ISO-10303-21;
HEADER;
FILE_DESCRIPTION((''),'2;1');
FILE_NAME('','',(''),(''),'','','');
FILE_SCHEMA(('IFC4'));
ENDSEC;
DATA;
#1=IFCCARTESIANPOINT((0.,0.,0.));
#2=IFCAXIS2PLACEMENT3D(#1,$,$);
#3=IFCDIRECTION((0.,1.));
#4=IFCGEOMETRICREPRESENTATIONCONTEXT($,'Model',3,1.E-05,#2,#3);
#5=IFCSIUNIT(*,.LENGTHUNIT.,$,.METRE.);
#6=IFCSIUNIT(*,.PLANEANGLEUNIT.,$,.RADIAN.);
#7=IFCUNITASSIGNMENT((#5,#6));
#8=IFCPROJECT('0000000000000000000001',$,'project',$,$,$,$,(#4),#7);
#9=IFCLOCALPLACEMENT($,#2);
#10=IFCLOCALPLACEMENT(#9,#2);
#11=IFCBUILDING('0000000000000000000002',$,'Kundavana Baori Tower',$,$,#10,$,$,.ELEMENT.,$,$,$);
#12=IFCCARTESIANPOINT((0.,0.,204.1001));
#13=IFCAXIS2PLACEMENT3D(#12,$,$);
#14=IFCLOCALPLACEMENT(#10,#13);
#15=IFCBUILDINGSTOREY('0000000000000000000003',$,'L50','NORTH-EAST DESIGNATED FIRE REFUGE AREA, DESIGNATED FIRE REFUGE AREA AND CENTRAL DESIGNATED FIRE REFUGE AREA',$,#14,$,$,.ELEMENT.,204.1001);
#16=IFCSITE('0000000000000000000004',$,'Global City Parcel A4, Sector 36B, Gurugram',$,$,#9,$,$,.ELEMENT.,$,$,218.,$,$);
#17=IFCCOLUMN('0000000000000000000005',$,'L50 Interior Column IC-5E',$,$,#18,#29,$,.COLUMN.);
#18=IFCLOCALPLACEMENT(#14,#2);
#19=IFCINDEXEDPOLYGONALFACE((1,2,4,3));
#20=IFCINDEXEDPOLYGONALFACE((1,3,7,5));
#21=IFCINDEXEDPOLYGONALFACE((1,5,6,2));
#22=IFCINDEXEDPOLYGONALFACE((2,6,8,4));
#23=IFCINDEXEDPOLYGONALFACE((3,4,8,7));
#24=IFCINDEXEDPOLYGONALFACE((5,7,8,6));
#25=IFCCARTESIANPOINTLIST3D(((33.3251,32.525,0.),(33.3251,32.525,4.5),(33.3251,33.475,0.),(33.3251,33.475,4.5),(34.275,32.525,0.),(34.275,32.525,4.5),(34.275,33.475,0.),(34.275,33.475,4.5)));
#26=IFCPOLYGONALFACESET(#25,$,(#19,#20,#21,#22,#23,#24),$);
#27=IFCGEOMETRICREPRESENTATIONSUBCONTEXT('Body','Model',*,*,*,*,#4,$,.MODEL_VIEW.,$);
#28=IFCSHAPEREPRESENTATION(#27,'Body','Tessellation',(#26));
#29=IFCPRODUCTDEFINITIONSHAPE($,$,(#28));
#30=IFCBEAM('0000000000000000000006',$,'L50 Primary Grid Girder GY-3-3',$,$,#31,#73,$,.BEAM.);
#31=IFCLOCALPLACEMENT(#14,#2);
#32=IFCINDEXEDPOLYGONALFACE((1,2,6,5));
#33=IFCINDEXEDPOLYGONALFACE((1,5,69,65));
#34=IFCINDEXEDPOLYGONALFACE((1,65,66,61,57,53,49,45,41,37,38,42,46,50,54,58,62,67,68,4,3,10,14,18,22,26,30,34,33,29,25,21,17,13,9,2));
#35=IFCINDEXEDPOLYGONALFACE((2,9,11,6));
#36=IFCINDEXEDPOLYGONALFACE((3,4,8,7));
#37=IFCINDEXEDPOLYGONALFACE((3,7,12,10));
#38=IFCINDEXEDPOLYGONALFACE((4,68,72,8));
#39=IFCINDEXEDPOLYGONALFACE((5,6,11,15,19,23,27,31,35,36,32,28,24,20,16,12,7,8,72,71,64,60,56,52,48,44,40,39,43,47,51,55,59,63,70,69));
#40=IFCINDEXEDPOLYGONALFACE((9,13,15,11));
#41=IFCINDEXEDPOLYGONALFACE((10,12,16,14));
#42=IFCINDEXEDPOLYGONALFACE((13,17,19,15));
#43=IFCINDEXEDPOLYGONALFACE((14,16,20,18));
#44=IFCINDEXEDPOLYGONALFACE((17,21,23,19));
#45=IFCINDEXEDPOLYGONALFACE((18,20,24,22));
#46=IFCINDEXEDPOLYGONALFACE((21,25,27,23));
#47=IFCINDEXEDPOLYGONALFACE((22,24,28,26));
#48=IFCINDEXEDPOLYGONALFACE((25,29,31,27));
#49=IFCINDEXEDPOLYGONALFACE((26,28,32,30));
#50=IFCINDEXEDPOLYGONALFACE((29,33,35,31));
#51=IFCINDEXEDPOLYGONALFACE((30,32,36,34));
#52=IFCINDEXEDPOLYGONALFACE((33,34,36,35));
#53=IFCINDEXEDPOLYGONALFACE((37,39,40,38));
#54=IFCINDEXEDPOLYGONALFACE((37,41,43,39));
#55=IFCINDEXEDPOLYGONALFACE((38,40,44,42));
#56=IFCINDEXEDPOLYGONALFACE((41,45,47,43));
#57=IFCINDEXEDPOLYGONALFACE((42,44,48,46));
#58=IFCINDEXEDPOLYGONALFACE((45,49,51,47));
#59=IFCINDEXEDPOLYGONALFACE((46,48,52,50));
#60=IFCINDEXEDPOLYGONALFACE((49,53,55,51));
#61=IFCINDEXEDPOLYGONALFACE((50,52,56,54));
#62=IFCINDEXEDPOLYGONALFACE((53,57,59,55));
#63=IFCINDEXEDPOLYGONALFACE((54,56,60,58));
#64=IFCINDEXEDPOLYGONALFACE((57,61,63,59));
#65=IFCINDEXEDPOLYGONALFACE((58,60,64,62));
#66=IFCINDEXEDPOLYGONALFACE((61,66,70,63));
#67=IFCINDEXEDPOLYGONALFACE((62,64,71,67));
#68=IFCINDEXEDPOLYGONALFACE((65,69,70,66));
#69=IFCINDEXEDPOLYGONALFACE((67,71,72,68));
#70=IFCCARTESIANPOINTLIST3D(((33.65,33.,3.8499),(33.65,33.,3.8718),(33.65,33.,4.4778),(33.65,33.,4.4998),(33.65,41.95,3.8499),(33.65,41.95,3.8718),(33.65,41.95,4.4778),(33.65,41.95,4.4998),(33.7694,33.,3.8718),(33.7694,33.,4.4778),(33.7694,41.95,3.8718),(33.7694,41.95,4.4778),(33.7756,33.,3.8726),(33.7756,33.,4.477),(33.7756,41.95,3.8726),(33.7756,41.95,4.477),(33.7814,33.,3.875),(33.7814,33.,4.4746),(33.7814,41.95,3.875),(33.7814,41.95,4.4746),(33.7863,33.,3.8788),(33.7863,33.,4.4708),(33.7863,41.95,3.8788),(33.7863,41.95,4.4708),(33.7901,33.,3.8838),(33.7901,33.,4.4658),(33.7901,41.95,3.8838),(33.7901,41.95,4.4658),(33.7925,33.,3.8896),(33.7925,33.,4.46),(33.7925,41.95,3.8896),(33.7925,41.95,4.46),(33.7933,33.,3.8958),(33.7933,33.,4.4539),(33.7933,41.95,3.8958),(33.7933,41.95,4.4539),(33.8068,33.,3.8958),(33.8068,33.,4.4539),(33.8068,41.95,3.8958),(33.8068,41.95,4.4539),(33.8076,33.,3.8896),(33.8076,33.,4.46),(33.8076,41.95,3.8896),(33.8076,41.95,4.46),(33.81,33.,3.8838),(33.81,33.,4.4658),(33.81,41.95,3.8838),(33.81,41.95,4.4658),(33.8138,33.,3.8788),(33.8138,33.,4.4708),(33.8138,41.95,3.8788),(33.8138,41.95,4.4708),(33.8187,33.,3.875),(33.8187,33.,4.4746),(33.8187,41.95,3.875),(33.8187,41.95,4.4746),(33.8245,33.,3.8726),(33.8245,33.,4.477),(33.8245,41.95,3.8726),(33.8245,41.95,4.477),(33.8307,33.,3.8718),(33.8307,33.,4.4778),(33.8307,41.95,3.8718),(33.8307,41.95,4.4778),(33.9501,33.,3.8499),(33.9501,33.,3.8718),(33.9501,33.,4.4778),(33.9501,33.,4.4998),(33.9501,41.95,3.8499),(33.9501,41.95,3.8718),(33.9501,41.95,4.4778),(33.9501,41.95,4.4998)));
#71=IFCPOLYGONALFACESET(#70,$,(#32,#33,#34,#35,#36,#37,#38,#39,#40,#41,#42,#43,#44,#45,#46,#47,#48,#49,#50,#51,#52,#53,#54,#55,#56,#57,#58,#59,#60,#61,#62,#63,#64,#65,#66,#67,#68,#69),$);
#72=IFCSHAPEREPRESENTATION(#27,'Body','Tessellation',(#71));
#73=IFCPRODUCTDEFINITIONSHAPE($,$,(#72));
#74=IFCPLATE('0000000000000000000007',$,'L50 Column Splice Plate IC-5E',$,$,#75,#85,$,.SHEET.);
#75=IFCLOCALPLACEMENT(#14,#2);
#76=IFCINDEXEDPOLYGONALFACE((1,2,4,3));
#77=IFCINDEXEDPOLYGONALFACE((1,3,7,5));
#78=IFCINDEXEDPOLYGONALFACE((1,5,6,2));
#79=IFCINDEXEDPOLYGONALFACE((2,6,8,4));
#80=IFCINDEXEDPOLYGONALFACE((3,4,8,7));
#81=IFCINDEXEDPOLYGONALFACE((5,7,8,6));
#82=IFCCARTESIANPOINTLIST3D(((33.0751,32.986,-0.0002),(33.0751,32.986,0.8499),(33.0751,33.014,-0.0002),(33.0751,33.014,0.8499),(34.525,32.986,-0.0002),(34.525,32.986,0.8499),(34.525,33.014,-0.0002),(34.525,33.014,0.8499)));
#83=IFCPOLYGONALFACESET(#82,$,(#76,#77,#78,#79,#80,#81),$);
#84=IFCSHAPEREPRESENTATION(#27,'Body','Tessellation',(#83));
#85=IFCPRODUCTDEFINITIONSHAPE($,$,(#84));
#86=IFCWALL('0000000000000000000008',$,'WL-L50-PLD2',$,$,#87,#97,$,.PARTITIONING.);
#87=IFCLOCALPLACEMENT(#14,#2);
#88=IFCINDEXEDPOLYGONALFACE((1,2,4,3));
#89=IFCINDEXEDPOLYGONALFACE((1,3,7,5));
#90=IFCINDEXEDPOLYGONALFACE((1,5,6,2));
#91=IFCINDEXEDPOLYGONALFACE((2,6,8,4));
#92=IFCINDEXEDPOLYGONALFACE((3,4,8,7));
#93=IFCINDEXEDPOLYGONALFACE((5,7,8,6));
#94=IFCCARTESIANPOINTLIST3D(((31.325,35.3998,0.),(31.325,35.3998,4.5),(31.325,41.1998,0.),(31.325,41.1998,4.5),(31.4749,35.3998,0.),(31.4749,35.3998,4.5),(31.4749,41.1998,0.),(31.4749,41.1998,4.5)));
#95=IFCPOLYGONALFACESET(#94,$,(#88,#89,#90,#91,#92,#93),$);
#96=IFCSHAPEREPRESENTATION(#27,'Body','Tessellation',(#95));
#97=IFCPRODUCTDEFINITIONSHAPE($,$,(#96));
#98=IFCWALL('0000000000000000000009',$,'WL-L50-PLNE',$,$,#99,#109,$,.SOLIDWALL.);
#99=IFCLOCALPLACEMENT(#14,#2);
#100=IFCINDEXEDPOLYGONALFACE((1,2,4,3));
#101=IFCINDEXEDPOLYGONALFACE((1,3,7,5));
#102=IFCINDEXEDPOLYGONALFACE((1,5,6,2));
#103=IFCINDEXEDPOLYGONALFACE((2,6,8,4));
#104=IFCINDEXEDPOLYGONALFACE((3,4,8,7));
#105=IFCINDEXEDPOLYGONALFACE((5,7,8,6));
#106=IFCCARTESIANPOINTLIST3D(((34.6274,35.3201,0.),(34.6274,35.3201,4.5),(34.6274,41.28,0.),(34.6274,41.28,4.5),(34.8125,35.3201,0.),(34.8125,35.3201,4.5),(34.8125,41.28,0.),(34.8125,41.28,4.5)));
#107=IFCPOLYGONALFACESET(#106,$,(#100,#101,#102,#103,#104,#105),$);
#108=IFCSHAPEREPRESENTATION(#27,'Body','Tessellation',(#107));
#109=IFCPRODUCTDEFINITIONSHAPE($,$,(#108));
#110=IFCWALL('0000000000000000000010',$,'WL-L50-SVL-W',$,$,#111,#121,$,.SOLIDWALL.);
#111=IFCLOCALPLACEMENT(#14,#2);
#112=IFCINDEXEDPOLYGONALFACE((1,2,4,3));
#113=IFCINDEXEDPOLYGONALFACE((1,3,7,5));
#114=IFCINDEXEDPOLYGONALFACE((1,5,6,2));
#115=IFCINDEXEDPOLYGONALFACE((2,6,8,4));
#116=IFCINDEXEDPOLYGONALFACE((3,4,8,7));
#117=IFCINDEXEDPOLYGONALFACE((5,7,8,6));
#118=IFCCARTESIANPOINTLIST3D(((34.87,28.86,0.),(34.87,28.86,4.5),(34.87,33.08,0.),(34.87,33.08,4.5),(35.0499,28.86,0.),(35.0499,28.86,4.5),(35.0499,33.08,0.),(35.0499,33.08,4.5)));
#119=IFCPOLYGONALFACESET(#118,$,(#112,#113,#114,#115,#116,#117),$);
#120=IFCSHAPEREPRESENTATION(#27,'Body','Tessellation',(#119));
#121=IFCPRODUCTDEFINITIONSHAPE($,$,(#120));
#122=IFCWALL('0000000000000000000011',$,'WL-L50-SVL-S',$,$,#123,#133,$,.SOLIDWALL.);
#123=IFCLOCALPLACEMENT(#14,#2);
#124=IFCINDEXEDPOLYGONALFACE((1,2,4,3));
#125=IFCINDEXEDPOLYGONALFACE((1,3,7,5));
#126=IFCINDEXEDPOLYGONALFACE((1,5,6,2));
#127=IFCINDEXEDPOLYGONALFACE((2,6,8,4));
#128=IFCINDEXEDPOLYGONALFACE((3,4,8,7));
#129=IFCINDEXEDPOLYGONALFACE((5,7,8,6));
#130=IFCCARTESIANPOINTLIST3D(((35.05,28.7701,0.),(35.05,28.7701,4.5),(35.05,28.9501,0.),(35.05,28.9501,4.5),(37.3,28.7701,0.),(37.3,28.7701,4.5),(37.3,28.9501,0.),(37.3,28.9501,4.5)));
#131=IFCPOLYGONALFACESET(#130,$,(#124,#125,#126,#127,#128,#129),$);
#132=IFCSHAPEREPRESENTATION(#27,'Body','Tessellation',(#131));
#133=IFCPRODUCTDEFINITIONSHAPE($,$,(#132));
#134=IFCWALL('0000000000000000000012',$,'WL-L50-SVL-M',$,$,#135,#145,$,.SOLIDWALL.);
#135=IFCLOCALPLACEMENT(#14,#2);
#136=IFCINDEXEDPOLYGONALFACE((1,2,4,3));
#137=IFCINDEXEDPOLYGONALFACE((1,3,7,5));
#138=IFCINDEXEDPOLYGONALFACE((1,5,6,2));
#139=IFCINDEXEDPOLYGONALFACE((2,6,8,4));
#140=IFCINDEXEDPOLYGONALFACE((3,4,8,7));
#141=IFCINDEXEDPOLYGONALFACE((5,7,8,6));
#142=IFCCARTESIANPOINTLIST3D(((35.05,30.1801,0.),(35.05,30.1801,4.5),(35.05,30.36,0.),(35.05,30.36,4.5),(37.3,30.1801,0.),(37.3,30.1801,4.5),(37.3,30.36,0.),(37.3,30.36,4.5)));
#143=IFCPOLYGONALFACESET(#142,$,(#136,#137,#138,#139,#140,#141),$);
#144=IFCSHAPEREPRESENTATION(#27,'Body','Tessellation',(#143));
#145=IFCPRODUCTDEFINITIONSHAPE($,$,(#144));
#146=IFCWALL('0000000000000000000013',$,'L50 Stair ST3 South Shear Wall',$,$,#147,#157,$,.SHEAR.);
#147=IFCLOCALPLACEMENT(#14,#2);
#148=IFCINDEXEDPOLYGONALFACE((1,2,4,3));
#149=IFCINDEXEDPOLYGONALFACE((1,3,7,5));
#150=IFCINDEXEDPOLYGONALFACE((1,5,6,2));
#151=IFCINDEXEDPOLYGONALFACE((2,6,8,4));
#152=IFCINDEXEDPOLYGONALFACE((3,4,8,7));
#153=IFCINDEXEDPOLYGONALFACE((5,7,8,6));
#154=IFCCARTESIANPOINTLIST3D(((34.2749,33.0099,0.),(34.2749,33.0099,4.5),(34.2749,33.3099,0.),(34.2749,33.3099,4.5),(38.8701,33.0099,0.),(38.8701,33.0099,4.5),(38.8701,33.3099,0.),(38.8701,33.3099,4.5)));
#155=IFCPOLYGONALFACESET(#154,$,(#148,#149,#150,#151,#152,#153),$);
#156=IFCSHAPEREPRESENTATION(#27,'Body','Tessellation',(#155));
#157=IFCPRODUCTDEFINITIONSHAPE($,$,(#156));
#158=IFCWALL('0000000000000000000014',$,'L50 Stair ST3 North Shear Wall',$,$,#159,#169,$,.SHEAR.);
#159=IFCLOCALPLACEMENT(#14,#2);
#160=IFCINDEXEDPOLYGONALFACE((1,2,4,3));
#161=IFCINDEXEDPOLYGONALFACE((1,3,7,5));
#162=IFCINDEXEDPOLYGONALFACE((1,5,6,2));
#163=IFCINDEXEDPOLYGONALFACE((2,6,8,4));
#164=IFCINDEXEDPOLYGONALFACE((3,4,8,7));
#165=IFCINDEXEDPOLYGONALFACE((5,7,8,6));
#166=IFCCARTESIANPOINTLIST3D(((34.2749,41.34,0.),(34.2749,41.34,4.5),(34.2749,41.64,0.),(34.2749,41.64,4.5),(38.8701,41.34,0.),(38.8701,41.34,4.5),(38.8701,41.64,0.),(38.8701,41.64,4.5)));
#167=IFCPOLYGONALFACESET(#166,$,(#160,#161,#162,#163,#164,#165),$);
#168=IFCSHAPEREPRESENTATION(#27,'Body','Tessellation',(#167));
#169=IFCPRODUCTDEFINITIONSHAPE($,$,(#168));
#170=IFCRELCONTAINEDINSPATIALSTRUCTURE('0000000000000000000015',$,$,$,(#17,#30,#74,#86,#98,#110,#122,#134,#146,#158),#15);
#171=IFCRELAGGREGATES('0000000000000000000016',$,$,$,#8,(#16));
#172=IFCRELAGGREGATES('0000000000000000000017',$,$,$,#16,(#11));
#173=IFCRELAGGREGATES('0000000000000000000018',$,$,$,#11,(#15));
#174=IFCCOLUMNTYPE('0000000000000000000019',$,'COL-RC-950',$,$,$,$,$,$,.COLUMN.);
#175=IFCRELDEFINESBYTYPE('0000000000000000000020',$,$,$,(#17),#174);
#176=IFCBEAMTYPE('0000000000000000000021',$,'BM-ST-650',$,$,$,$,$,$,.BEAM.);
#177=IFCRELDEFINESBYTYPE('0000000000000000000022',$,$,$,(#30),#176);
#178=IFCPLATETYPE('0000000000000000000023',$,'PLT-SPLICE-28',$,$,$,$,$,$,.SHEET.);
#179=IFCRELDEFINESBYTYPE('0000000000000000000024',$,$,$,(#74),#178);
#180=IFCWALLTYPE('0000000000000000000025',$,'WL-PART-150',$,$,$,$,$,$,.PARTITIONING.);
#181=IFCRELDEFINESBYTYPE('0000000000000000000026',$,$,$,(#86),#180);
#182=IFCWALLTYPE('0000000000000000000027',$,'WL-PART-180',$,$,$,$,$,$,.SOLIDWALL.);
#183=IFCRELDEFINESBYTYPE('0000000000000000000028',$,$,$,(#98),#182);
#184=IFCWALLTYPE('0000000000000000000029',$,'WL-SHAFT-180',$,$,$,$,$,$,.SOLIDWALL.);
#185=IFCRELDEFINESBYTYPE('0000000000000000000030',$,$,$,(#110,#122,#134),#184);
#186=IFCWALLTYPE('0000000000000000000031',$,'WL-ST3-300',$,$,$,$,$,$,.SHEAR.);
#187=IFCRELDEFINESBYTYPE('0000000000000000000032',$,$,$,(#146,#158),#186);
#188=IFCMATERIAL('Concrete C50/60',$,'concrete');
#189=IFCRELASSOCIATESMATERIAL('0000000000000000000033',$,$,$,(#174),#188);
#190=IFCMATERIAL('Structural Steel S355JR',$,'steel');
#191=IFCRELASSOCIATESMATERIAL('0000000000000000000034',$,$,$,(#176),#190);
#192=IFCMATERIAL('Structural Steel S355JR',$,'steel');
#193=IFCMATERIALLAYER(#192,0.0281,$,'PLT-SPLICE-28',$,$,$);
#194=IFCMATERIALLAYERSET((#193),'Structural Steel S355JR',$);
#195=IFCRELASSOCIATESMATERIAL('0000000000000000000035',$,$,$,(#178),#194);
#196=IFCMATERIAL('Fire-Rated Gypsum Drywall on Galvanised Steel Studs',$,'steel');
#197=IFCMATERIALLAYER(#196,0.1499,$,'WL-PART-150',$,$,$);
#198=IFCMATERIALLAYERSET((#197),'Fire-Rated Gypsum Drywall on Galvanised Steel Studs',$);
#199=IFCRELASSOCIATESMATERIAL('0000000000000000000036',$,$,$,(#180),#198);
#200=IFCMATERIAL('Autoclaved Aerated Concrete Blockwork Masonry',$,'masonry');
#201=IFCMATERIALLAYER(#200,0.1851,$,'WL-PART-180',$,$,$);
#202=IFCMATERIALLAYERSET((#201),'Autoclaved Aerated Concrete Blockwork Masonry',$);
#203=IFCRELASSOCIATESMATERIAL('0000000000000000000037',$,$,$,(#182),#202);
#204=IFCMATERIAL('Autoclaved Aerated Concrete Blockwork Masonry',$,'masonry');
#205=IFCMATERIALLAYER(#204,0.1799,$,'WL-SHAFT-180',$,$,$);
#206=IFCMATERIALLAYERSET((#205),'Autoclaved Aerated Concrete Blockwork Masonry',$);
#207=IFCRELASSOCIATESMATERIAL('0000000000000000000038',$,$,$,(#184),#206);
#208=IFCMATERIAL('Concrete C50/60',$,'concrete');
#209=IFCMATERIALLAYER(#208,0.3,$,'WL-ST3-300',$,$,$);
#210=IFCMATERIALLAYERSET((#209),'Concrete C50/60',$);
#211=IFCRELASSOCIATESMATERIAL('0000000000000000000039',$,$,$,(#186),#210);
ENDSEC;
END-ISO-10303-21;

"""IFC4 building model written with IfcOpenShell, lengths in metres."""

from ifc_helpers import new_model, si_unit, direction, frame, frame_2d, origin, origin_2d, place, context, subcontext, project, spatial, rectangle, i_section, extrude, material, layer, layer_set, material_profile, profile_set, type_object, element, save


model = new_model("IFC4")

# Units and contexts
model_context = context("Model", 3, precision=1e-05, world=origin(), true_north=direction((0.0, 1.0)))
body_context = subcontext(model_context, "Body", "Model", "MODEL_VIEW")
ifc_project = project(units=[si_unit("LENGTHUNIT", "METRE"), si_unit("PLANEANGLEUNIT", "RADIAN")], contexts=[model_context])

# Site, building, storey
site_placement = place(None, origin())
site = spatial("IfcSite", under=ifc_project, at=site_placement, Name="Global City Parcel A4, Sector 36B, Gurugram", CompositionType="ELEMENT", RefElevation=218.0)
building_placement = place(site_placement, origin())
building = spatial("IfcBuilding", under=site, at=building_placement, Name="Kundavana Baori Tower", CompositionType="ELEMENT")
storey_placement = place(building_placement, frame((0.0, 0.0, 204.1001)))
storey = spatial("IfcBuildingStorey", under=building, at=storey_placement, Name="L50", Description="NORTH-EAST DESIGNATED FIRE REFUGE AREA, DESIGNATED FIRE REFUGE AREA AND CENTRAL DESIGNATED FIRE REFUGE AREA", CompositionType="ELEMENT", Elevation=204.1001)

# Column
ifc_material_1 = material(Name="Concrete C50/60", Category="concrete")
ifc_material_profile_1 = material_profile(ifc_material_1, rectangle(XDim=0.95, YDim=0.95, at=origin_2d()), Name="RC 950x950")
ifc_profile_set_1 = profile_set([ifc_material_profile_1], Name="Concrete C50/60")
column_type = type_object("IfcColumnType", Name="COL-RC-950", PredefinedType="COLUMN", material=ifc_profile_set_1)
column_placement = place(storey_placement, frame((33.8, 33.0, 0.0), z_axis=(0.0, 0.0, 1.0), x_axis=(1.0, 0.0, 0.0)))
element("IfcColumn", 1, at=column_placement, inside=storey, type_object=column_type, Name="L50 Interior Column IC-5E", PredefinedType="COLUMN", context=body_context, shape_type="SweptSolid", body=[
    extrude(rectangle(XDim=0.95, YDim=0.95, at=origin_2d()), origin(), (0.0, 0.0, 1.0), 4.5),
])

# Beam
ifc_material_2 = material(Name="Structural Steel S355JR", Category="steel")
ifc_material_profile_2 = material_profile(ifc_material_2, i_section(OverallWidth=0.3, OverallDepth=0.6499, WebThickness=0.0134, FlangeThickness=0.022, FilletRadius=0.0239, at=origin_2d()), Name="NPB 650x300x155")
ifc_profile_set_2 = profile_set([ifc_material_profile_2], Name="Structural Steel S355JR")
beam_type = type_object("IfcBeamType", Name="BM-ST-650", PredefinedType="BEAM", material=ifc_profile_set_2)
beam_placement = place(storey_placement, frame((33.8, 33.0, 4.1748), z_axis=(0.0, 1.0, 0.0), x_axis=(-1.0, 0.0, 0.0)))
element("IfcBeam", 2, at=beam_placement, inside=storey, type_object=beam_type, Name="L50 Primary Grid Girder GY-3-3", PredefinedType="BEAM", context=body_context, shape_type="SweptSolid", body=[
    extrude(i_section(OverallWidth=0.3, OverallDepth=0.6499, WebThickness=0.0134, FlangeThickness=0.022, FilletRadius=0.0239, at=origin_2d()), origin(), (0.0, 0.0, 1.0), 8.95),
])

# Plate
ifc_material_3 = material(Name="Structural Steel S355JR", Category="steel")
ifc_layer_1 = layer(ifc_material_3, 0.0281, Name="PLT-SPLICE-28")
ifc_layer_set_1 = layer_set([ifc_layer_1], Name="Structural Steel S355JR")
plate_type = type_object("IfcPlateType", Name="PLT-SPLICE-28", PredefinedType="SHEET", material=ifc_layer_set_1)
plate_placement = place(storey_placement, frame((33.8, 33.0, -0.0002), z_axis=(0.0, 0.0, 1.0), x_axis=(1.0, 0.0, 0.0)))
element("IfcPlate", 3, at=plate_placement, inside=storey, type_object=plate_type, Name="L50 Column Splice Plate IC-5E", PredefinedType="SHEET", context=body_context, shape_type="SweptSolid", body=[
    extrude(rectangle(XDim=1.45, YDim=0.0281, at=origin_2d()), origin(), (0.0, 0.0, 1.0), 0.8501),
])

# Walls
ifc_material_4 = material(Name="Fire-Rated Gypsum Drywall on Galvanised Steel Studs", Category="steel")
ifc_layer_2 = layer(ifc_material_4, 0.1499, Name="WL-PART-150")
ifc_layer_set_2 = layer_set([ifc_layer_2], Name="Fire-Rated Gypsum Drywall on Galvanised Steel Studs")
wall_type_1 = type_object("IfcWallType", Name="WL-PART-150", PredefinedType="PARTITIONING", material=ifc_layer_set_2)
wall_1_placement = place(storey_placement, frame((31.3999, 35.3999, 0.0), z_axis=(0.0, 0.0, 1.0), x_axis=(0.0, 1.0, 0.0)))
element("IfcWall", 4, at=wall_1_placement, inside=storey, type_object=wall_type_1, Name="WL-L50-PLD2", PredefinedType="PARTITIONING", context=body_context, shape_type="SweptSolid", body=[
    extrude(rectangle(XDim=5.8, YDim=0.1499, at=frame_2d((2.8999, 0.0))), origin(), (0.0, 0.0, 1.0), 4.5),
])
ifc_material_5 = material(Name="Autoclaved Aerated Concrete Blockwork Masonry", Category="masonry")
ifc_layer_3 = layer(ifc_material_5, 0.1851, Name="WL-PART-180")
ifc_layer_set_3 = layer_set([ifc_layer_3], Name="Autoclaved Aerated Concrete Blockwork Masonry")
wall_type_2 = type_object("IfcWallType", Name="WL-PART-180", PredefinedType="SOLIDWALL", material=ifc_layer_set_3)
wall_2_placement = place(storey_placement, frame((34.72, 35.3201, 0.0), z_axis=(0.0, 0.0, 1.0), x_axis=(0.0, 1.0, 0.0)))
element("IfcWall", 5, at=wall_2_placement, inside=storey, type_object=wall_type_2, Name="WL-L50-PLNE", PredefinedType="SOLIDWALL", context=body_context, shape_type="SweptSolid", body=[
    extrude(rectangle(XDim=5.96, YDim=0.1851, at=frame_2d((2.98, 0.0))), origin(), (0.0, 0.0, 1.0), 4.5),
])
ifc_material_6 = material(Name="Autoclaved Aerated Concrete Blockwork Masonry", Category="masonry")
ifc_layer_4 = layer(ifc_material_6, 0.1799, Name="WL-SHAFT-180")
ifc_layer_set_4 = layer_set([ifc_layer_4], Name="Autoclaved Aerated Concrete Blockwork Masonry")
wall_type_3 = type_object("IfcWallType", Name="WL-SHAFT-180", PredefinedType="SOLIDWALL", material=ifc_layer_set_4)
wall_3_placement = place(storey_placement, frame((34.96, 28.8601, 0.0), z_axis=(0.0, 0.0, 1.0), x_axis=(0.0, 1.0, 0.0)))
element("IfcWall", 6, at=wall_3_placement, inside=storey, type_object=wall_type_3, Name="WL-L50-SVL-W", PredefinedType="SOLIDWALL", context=body_context, shape_type="SweptSolid", body=[
    extrude(rectangle(XDim=4.22, YDim=0.1799, at=frame_2d((2.1099, 0.0))), origin(), (0.0, 0.0, 1.0), 4.5),
])
for number, where, z_axis, x_axis, name in (
    (7, (35.05, 28.8601, 0.0), (0.0, 0.0, 1.0), (1.0, 0.0, 0.0), "WL-L50-SVL-S"),
    (8, (35.05, 30.27, 0.0), (0.0, 0.0, 1.0), (1.0, 0.0, 0.0), "WL-L50-SVL-M"),
):
    element("IfcWall", number, at=place(storey_placement, frame(where, z_axis=z_axis, x_axis=x_axis)), inside=storey, type_object=wall_type_3, Name=name, PredefinedType="SOLIDWALL", context=body_context, shape_type="SweptSolid", body=[
        extrude(rectangle(XDim=2.25, YDim=0.1799, at=frame_2d((1.125, 0.0))), origin(), (0.0, 0.0, 1.0), 4.5),
    ])
ifc_material_7 = material(Name="Concrete C50/60", Category="concrete")
ifc_layer_5 = layer(ifc_material_7, 0.3, Name="WL-ST3-300")
ifc_layer_set_5 = layer_set([ifc_layer_5], Name="Concrete C50/60")
wall_type_4 = type_object("IfcWallType", Name="WL-ST3-300", PredefinedType="SHEAR", material=ifc_layer_set_5)
for number, where, z_axis, x_axis, name in (
    (9, (34.2749, 33.1599, 0.0), (0.0, 0.0, 1.0), (1.0, 0.0, 0.0), "L50 Stair ST3 South Shear Wall"),
    (10, (34.2749, 41.49, 0.0), (0.0, 0.0, 1.0), (1.0, 0.0, 0.0), "L50 Stair ST3 North Shear Wall"),
):
    element("IfcWall", number, at=place(storey_placement, frame(where, z_axis=z_axis, x_axis=x_axis)), inside=storey, type_object=wall_type_4, Name=name, PredefinedType="SHEAR", context=body_context, shape_type="SweptSolid", body=[
        extrude(rectangle(XDim=4.5952, YDim=0.3, at=frame_2d((2.2976, 0.0))), origin(), (0.0, 0.0, 1.0), 4.5),
    ])

save(model, "model.ifc")
